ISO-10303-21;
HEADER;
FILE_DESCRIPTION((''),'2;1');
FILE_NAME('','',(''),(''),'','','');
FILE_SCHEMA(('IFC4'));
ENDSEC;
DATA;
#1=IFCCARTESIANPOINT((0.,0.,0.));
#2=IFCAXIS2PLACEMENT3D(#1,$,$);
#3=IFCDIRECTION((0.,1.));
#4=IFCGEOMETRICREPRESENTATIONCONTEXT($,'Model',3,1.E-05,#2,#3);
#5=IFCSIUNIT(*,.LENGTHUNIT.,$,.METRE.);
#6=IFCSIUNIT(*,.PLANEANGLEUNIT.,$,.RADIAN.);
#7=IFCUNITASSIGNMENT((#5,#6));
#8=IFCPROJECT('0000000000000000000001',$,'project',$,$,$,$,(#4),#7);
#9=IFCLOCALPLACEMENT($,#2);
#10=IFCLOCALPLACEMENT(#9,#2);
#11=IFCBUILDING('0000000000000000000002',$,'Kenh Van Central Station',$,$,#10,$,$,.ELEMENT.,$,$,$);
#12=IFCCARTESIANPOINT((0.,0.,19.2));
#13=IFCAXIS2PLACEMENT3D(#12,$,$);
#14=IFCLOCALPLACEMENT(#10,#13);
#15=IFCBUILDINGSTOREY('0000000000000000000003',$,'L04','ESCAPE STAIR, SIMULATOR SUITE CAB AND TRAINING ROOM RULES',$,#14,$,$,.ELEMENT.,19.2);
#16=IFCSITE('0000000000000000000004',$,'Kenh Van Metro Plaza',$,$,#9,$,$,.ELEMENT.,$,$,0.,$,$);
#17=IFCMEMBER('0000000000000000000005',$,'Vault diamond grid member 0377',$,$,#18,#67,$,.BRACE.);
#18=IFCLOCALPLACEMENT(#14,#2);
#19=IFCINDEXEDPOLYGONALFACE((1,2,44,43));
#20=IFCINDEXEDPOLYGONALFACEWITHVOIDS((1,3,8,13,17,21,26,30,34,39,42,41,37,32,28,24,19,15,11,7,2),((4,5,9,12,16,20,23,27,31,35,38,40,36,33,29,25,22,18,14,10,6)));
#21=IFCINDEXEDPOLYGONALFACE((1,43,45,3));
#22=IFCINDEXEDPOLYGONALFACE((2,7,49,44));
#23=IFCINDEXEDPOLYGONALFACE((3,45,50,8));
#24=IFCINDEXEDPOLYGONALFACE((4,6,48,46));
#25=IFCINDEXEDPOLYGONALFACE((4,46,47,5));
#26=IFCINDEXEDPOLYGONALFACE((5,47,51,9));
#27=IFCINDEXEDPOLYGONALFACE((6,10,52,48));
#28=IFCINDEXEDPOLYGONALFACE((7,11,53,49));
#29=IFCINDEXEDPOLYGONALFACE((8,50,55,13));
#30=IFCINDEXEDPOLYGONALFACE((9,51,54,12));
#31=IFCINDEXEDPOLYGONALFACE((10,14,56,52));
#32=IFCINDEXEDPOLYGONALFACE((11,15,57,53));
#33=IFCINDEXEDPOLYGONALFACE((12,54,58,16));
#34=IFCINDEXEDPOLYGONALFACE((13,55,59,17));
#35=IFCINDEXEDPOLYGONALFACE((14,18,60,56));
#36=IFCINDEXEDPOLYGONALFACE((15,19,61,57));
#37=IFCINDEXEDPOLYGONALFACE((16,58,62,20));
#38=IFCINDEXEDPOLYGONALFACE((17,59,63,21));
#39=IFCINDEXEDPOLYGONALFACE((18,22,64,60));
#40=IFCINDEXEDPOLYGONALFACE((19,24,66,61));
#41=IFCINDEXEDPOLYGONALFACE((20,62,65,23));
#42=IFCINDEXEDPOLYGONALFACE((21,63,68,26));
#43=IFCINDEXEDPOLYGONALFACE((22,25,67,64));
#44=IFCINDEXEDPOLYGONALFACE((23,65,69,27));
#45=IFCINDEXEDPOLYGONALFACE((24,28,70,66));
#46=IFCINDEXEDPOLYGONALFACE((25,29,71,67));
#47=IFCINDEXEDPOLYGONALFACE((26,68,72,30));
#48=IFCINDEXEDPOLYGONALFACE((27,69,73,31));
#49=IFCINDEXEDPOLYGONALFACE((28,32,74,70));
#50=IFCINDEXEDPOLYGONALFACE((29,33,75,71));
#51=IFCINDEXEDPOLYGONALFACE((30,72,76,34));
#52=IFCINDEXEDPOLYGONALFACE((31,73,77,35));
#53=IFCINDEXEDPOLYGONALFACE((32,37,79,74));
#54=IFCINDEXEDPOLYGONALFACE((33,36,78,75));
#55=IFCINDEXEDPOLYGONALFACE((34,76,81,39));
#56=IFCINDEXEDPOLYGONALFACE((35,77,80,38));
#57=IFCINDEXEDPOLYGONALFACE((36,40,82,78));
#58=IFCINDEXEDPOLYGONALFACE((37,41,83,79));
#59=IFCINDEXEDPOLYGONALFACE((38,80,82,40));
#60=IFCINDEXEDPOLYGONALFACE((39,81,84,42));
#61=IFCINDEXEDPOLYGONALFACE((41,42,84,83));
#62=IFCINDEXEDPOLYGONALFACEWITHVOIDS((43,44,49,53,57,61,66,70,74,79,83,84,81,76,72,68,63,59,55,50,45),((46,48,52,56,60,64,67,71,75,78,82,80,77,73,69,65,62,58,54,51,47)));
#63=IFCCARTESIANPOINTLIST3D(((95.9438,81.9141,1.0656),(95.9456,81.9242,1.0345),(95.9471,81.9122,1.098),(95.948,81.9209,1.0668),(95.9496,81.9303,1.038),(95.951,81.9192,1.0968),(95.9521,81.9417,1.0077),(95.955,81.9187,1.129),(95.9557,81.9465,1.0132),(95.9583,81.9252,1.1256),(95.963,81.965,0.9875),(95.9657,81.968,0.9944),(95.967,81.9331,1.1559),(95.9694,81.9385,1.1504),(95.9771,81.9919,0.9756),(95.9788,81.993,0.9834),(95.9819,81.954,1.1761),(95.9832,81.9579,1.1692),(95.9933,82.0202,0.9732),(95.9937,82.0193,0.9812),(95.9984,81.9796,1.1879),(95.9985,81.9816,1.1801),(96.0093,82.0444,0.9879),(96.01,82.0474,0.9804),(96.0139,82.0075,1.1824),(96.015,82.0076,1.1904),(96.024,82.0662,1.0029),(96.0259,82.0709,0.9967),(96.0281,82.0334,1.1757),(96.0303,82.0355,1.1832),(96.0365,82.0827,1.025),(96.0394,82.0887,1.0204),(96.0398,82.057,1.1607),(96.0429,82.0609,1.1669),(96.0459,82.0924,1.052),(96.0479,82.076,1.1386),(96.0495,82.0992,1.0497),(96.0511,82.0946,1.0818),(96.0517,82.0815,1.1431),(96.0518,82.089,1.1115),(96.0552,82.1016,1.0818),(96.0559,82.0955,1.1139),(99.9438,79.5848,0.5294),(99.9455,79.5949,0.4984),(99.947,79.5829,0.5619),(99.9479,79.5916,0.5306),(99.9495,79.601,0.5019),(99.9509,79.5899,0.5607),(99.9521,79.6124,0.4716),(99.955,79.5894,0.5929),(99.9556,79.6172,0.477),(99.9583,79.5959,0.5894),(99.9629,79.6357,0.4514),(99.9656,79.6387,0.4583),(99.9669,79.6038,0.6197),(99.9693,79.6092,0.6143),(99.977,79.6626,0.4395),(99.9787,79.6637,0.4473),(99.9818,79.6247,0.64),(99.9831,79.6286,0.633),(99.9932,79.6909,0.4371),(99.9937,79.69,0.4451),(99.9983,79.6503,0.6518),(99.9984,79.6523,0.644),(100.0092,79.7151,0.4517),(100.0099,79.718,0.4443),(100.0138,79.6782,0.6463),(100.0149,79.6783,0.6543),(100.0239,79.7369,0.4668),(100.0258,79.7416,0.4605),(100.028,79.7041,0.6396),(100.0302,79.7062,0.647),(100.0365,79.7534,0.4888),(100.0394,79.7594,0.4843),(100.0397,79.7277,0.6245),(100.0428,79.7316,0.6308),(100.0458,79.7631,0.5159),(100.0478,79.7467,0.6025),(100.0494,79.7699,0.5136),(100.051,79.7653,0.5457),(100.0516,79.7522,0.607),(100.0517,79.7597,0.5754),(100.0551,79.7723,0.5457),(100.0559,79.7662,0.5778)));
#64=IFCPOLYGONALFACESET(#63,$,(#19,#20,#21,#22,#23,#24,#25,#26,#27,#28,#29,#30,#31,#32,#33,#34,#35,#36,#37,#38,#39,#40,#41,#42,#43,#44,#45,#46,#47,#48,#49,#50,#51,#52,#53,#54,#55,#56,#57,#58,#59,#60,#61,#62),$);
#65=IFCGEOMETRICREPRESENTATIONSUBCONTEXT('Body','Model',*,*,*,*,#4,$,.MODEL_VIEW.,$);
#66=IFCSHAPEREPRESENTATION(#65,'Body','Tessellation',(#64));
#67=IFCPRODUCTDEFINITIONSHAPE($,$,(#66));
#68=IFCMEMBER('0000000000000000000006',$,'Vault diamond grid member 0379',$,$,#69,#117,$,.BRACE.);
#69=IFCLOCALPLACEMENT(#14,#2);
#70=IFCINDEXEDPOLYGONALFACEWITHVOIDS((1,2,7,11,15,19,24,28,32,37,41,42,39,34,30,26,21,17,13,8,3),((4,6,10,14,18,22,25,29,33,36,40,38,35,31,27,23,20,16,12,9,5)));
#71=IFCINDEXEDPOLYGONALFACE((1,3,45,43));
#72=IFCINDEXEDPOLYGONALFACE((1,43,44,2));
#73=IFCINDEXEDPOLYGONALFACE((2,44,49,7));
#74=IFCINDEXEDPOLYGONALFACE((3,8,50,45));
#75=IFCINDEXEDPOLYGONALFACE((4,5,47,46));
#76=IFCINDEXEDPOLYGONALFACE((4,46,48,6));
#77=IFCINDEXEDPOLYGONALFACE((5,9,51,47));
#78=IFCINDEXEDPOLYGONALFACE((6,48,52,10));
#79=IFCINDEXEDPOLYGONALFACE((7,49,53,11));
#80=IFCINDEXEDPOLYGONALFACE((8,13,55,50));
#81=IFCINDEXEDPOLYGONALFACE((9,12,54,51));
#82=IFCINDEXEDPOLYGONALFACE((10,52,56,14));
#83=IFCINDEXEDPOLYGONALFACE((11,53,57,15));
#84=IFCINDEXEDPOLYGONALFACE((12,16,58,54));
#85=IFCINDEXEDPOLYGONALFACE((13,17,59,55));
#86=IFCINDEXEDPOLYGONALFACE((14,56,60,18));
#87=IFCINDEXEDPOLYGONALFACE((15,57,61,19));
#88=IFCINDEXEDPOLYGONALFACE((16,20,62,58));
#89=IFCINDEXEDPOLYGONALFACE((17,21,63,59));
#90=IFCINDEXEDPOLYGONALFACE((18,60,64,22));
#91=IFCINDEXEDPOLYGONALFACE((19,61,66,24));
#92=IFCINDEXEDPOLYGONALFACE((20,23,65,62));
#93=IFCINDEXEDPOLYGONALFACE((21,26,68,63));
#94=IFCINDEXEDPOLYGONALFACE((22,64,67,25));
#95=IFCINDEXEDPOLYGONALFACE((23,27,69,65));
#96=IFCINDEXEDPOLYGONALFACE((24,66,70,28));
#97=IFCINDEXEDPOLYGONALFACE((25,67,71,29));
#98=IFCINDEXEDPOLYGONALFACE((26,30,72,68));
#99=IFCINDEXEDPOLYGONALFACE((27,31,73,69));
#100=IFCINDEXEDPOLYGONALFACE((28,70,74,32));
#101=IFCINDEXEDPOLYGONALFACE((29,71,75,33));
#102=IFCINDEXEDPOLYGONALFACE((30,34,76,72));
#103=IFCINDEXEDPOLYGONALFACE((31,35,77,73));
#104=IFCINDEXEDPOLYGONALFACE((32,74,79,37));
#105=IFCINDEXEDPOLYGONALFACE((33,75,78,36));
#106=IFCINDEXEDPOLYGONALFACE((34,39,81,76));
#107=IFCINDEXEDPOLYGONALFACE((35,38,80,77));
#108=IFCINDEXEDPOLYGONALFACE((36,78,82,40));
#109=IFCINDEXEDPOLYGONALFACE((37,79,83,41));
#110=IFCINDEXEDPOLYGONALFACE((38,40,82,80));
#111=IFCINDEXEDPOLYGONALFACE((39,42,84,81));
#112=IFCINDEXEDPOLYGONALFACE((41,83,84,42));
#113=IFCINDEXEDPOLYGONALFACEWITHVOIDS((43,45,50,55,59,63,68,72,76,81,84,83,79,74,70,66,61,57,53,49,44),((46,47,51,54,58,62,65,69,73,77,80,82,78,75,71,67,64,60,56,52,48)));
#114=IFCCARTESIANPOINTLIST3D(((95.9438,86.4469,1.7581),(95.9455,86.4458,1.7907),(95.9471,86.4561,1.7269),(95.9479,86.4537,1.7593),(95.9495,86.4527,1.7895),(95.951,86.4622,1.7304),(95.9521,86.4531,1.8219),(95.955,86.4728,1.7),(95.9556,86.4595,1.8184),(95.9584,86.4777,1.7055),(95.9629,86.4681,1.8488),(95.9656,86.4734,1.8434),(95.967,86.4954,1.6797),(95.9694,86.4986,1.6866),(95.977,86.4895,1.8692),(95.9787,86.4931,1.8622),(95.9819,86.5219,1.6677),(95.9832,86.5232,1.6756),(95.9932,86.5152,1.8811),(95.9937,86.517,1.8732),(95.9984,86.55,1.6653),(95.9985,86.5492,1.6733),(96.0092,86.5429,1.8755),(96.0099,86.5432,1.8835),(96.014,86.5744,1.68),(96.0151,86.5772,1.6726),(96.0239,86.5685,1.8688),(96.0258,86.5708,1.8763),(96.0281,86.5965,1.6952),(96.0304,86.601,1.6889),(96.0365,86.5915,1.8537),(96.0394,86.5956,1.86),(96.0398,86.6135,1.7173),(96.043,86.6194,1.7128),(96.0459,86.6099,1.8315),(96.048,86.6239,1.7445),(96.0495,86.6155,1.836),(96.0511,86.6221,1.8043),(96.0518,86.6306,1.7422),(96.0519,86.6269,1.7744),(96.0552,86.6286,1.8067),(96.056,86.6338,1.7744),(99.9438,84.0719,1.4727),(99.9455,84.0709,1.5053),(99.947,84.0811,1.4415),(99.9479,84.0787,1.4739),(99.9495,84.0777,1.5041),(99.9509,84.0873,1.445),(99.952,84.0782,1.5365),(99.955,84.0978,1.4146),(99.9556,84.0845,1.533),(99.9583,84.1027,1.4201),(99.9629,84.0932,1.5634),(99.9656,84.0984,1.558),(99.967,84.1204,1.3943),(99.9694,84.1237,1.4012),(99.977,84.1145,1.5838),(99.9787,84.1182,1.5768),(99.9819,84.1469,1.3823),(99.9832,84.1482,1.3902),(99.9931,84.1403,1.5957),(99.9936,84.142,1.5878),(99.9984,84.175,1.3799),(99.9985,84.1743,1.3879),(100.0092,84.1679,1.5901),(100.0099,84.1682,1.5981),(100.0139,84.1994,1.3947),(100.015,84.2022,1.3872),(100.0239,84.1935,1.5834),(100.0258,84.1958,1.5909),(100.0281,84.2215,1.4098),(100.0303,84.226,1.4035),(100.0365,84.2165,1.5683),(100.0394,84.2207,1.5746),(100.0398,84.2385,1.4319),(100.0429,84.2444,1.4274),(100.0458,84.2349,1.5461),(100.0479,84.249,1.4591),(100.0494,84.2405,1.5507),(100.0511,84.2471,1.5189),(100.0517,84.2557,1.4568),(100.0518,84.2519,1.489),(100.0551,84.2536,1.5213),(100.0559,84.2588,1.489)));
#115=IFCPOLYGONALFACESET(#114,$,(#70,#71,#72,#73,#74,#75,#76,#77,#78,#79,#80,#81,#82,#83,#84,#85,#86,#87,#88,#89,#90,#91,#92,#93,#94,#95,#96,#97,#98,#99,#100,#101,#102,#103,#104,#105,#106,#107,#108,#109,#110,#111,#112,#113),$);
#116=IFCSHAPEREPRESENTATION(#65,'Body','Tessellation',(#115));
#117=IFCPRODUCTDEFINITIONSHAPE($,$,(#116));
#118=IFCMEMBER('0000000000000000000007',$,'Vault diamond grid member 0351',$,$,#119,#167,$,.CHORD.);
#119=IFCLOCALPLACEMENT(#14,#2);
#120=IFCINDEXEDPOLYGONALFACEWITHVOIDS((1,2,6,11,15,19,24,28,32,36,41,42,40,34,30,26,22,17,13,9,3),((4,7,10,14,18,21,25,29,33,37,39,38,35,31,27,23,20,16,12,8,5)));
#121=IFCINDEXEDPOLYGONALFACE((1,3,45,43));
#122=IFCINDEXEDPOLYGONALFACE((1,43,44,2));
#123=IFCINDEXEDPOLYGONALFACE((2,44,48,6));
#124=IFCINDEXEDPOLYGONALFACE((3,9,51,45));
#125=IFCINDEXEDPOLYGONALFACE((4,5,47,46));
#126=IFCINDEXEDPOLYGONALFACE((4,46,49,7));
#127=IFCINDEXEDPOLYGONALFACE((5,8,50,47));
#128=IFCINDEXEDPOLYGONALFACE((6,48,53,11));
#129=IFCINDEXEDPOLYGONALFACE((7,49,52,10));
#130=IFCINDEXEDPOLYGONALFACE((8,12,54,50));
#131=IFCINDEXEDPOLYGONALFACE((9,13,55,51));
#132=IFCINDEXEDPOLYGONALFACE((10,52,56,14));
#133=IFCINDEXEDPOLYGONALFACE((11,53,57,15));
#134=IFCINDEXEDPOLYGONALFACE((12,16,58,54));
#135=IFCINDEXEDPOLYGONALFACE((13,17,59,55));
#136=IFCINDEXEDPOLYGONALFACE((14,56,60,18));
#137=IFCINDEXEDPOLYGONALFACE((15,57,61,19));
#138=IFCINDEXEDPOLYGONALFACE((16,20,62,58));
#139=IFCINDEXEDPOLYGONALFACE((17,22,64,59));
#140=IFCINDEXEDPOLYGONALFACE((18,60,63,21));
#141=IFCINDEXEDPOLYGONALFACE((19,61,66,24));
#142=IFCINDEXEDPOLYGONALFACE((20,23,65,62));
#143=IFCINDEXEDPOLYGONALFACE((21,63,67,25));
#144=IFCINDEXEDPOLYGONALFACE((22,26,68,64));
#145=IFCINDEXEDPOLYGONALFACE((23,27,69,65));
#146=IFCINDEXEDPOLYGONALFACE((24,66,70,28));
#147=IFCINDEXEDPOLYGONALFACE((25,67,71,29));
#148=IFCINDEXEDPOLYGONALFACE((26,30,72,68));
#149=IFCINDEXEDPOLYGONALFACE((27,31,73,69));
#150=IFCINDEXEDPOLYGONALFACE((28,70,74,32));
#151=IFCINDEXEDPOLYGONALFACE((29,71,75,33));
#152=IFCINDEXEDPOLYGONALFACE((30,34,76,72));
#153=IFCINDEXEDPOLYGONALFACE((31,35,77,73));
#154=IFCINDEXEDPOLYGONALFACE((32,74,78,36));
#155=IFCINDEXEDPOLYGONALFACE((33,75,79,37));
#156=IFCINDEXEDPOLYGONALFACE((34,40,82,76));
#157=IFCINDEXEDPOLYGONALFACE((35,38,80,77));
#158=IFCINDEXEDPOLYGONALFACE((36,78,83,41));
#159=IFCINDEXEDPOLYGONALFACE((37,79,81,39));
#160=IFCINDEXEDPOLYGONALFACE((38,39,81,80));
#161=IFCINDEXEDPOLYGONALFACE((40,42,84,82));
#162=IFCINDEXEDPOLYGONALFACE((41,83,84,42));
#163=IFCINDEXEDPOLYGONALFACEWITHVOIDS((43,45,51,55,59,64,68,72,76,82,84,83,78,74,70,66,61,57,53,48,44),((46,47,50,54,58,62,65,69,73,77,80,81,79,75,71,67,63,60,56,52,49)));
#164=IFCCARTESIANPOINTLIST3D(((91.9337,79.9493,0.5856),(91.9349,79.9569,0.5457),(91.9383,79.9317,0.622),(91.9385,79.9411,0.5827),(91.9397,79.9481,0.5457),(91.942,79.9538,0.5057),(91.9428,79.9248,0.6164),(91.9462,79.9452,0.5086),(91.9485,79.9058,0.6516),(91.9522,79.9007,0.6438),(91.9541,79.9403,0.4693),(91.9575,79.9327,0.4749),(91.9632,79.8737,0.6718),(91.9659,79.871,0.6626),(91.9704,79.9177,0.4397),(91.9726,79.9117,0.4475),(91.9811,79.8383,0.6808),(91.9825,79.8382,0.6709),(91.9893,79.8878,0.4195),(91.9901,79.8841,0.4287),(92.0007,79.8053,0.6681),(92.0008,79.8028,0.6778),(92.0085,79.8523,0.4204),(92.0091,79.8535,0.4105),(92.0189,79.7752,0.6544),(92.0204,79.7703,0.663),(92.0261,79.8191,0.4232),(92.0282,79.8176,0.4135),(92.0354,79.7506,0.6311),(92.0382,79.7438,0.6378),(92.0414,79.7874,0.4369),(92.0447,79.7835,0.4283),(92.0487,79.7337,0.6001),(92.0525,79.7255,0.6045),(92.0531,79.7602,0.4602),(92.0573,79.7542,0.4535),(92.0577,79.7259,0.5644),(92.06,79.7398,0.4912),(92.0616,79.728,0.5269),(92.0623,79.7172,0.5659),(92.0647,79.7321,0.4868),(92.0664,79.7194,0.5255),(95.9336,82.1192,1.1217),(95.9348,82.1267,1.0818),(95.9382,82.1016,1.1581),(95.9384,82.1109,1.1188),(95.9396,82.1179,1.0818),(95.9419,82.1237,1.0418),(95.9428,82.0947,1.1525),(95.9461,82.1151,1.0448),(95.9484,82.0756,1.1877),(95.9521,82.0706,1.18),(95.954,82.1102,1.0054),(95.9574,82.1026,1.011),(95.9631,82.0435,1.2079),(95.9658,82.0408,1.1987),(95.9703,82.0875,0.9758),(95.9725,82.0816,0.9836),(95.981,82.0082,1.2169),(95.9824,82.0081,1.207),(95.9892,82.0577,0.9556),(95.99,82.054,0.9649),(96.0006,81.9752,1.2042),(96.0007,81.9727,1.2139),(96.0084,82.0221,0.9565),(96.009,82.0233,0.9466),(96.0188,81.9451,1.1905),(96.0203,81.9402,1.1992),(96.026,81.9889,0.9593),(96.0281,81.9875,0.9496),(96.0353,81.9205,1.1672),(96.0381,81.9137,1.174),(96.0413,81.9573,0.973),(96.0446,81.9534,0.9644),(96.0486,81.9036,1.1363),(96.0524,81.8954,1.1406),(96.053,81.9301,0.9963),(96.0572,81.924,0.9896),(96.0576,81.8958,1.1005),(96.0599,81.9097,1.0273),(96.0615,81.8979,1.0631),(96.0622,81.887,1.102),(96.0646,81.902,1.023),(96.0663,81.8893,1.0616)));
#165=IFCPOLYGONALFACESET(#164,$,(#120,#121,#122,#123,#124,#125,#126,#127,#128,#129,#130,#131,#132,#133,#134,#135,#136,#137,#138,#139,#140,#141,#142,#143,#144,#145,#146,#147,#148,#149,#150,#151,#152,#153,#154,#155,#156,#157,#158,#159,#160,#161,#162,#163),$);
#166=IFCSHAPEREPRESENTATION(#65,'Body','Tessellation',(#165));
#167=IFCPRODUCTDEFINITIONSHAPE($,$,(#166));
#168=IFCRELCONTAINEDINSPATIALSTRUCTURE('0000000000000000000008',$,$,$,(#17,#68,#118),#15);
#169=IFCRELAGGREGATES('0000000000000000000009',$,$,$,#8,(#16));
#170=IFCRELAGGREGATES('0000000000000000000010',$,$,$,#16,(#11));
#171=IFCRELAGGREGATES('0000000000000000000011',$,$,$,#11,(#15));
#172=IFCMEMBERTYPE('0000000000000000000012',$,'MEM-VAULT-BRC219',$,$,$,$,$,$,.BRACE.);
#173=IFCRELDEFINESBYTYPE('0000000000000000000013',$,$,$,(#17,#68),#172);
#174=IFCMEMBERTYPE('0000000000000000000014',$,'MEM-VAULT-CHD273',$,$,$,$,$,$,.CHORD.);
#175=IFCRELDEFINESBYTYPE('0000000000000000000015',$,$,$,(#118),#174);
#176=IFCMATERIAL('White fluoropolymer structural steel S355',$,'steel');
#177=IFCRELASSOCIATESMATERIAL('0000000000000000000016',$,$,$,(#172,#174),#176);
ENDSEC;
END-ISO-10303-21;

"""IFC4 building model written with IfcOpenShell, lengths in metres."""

from ifc_helpers import new_model, si_unit, direction, frame, origin, origin_2d, place, context, subcontext, project, spatial, hollow_circle, extrude, material, material_profile, profile_set, type_object, element, save


model = new_model("IFC4")

# Units and contexts
model_context = context("Model", 3, precision=1e-05, world=origin(), true_north=direction((0.0, 1.0)))
body_context = subcontext(model_context, "Body", "Model", "MODEL_VIEW")
ifc_project = project(units=[si_unit("LENGTHUNIT", "METRE"), si_unit("PLANEANGLEUNIT", "RADIAN")], contexts=[model_context])

# Site, building, storey
site_placement = place(None, origin())
site = spatial("IfcSite", under=ifc_project, at=site_placement, Name="Kenh Van Metro Plaza", CompositionType="ELEMENT", RefElevation=0.0)
building_placement = place(site_placement, origin())
building = spatial("IfcBuilding", under=site, at=building_placement, Name="Kenh Van Central Station", CompositionType="ELEMENT")
storey_placement = place(building_placement, frame((0.0, 0.0, 19.2)))
storey = spatial("IfcBuildingStorey", under=building, at=storey_placement, Name="L04", Description="ESCAPE STAIR, SIMULATOR SUITE CAB AND TRAINING ROOM RULES", CompositionType="ELEMENT", Elevation=19.2)

# Shared definitions
ifc_material_1 = material(Name="White fluoropolymer structural steel S355", Category="steel")

# Members
ifc_material_profile_1 = material_profile(ifc_material_1, hollow_circle(Radius=0.1096, WallThickness=0.0081, at=origin_2d()), Name="CHS 219.1x8")
ifc_profile_set_1 = profile_set([ifc_material_profile_1], Name="White fluoropolymer structural steel S355")
member_type_1 = type_object("IfcMemberType", Name="MEM-VAULT-BRC219", PredefinedType="BRACE", material=ifc_profile_set_1)
member_1_placement = place(storey_placement, frame((96.0, 82.0068, 1.0818), z_axis=(0.858415, -0.499886, -0.115056), x_axis=(0.503228, 0.864154, 0.0)))
element("IfcMember", 1, at=member_1_placement, inside=storey, type_object=member_type_1, Name="Vault diamond grid member 0377", PredefinedType="BRACE", context=body_context, shape_type="SweptSolid", body=[
    extrude(hollow_circle(Radius=0.1096, WallThickness=0.0081, at=origin_2d()), origin(), (0.0, 0.0, 1.0), 4.6597),
])
member_2_placement = place(storey_placement, frame((96.0, 86.5396, 1.7744), z_axis=(0.858241, -0.509581, -0.061236), x_axis=(0.510539, 0.859855, 0.0)))
element("IfcMember", 2, at=member_2_placement, inside=storey, type_object=member_type_1, Name="Vault diamond grid member 0379", PredefinedType="BRACE", context=body_context, shape_type="SweptSolid", body=[
    extrude(hollow_circle(Radius=0.1096, WallThickness=0.0081, at=origin_2d()), origin(), (0.0, 0.0, 1.0), 4.6606),
])
ifc_material_profile_2 = material_profile(ifc_material_1, hollow_circle(Radius=0.1365, WallThickness=0.01, at=origin_2d()), Name="CHS 273x10")
ifc_profile_set_2 = profile_set([ifc_material_profile_2], Name="White fluoropolymer structural steel S355")
member_type_2 = type_object("IfcMemberType", Name="MEM-VAULT-CHD273", PredefinedType="CHORD", material=ifc_profile_set_2)
member_3_placement = place(storey_placement, frame((92.0, 79.8369, 0.5457), z_axis=(0.872955, 0.473561, 0.117005), x_axis=(-0.476836, 0.878992, 0.0)))
element("IfcMember", 3, at=member_3_placement, inside=storey, type_object=member_type_2, Name="Vault diamond grid member 0351", PredefinedType="CHORD", context=body_context, shape_type="SweptSolid", body=[
    extrude(hollow_circle(Radius=0.1365, WallThickness=0.01, at=origin_2d()), origin(), (0.0, 0.0, 1.0), 4.582),
])

save(model, "model.ifc")
